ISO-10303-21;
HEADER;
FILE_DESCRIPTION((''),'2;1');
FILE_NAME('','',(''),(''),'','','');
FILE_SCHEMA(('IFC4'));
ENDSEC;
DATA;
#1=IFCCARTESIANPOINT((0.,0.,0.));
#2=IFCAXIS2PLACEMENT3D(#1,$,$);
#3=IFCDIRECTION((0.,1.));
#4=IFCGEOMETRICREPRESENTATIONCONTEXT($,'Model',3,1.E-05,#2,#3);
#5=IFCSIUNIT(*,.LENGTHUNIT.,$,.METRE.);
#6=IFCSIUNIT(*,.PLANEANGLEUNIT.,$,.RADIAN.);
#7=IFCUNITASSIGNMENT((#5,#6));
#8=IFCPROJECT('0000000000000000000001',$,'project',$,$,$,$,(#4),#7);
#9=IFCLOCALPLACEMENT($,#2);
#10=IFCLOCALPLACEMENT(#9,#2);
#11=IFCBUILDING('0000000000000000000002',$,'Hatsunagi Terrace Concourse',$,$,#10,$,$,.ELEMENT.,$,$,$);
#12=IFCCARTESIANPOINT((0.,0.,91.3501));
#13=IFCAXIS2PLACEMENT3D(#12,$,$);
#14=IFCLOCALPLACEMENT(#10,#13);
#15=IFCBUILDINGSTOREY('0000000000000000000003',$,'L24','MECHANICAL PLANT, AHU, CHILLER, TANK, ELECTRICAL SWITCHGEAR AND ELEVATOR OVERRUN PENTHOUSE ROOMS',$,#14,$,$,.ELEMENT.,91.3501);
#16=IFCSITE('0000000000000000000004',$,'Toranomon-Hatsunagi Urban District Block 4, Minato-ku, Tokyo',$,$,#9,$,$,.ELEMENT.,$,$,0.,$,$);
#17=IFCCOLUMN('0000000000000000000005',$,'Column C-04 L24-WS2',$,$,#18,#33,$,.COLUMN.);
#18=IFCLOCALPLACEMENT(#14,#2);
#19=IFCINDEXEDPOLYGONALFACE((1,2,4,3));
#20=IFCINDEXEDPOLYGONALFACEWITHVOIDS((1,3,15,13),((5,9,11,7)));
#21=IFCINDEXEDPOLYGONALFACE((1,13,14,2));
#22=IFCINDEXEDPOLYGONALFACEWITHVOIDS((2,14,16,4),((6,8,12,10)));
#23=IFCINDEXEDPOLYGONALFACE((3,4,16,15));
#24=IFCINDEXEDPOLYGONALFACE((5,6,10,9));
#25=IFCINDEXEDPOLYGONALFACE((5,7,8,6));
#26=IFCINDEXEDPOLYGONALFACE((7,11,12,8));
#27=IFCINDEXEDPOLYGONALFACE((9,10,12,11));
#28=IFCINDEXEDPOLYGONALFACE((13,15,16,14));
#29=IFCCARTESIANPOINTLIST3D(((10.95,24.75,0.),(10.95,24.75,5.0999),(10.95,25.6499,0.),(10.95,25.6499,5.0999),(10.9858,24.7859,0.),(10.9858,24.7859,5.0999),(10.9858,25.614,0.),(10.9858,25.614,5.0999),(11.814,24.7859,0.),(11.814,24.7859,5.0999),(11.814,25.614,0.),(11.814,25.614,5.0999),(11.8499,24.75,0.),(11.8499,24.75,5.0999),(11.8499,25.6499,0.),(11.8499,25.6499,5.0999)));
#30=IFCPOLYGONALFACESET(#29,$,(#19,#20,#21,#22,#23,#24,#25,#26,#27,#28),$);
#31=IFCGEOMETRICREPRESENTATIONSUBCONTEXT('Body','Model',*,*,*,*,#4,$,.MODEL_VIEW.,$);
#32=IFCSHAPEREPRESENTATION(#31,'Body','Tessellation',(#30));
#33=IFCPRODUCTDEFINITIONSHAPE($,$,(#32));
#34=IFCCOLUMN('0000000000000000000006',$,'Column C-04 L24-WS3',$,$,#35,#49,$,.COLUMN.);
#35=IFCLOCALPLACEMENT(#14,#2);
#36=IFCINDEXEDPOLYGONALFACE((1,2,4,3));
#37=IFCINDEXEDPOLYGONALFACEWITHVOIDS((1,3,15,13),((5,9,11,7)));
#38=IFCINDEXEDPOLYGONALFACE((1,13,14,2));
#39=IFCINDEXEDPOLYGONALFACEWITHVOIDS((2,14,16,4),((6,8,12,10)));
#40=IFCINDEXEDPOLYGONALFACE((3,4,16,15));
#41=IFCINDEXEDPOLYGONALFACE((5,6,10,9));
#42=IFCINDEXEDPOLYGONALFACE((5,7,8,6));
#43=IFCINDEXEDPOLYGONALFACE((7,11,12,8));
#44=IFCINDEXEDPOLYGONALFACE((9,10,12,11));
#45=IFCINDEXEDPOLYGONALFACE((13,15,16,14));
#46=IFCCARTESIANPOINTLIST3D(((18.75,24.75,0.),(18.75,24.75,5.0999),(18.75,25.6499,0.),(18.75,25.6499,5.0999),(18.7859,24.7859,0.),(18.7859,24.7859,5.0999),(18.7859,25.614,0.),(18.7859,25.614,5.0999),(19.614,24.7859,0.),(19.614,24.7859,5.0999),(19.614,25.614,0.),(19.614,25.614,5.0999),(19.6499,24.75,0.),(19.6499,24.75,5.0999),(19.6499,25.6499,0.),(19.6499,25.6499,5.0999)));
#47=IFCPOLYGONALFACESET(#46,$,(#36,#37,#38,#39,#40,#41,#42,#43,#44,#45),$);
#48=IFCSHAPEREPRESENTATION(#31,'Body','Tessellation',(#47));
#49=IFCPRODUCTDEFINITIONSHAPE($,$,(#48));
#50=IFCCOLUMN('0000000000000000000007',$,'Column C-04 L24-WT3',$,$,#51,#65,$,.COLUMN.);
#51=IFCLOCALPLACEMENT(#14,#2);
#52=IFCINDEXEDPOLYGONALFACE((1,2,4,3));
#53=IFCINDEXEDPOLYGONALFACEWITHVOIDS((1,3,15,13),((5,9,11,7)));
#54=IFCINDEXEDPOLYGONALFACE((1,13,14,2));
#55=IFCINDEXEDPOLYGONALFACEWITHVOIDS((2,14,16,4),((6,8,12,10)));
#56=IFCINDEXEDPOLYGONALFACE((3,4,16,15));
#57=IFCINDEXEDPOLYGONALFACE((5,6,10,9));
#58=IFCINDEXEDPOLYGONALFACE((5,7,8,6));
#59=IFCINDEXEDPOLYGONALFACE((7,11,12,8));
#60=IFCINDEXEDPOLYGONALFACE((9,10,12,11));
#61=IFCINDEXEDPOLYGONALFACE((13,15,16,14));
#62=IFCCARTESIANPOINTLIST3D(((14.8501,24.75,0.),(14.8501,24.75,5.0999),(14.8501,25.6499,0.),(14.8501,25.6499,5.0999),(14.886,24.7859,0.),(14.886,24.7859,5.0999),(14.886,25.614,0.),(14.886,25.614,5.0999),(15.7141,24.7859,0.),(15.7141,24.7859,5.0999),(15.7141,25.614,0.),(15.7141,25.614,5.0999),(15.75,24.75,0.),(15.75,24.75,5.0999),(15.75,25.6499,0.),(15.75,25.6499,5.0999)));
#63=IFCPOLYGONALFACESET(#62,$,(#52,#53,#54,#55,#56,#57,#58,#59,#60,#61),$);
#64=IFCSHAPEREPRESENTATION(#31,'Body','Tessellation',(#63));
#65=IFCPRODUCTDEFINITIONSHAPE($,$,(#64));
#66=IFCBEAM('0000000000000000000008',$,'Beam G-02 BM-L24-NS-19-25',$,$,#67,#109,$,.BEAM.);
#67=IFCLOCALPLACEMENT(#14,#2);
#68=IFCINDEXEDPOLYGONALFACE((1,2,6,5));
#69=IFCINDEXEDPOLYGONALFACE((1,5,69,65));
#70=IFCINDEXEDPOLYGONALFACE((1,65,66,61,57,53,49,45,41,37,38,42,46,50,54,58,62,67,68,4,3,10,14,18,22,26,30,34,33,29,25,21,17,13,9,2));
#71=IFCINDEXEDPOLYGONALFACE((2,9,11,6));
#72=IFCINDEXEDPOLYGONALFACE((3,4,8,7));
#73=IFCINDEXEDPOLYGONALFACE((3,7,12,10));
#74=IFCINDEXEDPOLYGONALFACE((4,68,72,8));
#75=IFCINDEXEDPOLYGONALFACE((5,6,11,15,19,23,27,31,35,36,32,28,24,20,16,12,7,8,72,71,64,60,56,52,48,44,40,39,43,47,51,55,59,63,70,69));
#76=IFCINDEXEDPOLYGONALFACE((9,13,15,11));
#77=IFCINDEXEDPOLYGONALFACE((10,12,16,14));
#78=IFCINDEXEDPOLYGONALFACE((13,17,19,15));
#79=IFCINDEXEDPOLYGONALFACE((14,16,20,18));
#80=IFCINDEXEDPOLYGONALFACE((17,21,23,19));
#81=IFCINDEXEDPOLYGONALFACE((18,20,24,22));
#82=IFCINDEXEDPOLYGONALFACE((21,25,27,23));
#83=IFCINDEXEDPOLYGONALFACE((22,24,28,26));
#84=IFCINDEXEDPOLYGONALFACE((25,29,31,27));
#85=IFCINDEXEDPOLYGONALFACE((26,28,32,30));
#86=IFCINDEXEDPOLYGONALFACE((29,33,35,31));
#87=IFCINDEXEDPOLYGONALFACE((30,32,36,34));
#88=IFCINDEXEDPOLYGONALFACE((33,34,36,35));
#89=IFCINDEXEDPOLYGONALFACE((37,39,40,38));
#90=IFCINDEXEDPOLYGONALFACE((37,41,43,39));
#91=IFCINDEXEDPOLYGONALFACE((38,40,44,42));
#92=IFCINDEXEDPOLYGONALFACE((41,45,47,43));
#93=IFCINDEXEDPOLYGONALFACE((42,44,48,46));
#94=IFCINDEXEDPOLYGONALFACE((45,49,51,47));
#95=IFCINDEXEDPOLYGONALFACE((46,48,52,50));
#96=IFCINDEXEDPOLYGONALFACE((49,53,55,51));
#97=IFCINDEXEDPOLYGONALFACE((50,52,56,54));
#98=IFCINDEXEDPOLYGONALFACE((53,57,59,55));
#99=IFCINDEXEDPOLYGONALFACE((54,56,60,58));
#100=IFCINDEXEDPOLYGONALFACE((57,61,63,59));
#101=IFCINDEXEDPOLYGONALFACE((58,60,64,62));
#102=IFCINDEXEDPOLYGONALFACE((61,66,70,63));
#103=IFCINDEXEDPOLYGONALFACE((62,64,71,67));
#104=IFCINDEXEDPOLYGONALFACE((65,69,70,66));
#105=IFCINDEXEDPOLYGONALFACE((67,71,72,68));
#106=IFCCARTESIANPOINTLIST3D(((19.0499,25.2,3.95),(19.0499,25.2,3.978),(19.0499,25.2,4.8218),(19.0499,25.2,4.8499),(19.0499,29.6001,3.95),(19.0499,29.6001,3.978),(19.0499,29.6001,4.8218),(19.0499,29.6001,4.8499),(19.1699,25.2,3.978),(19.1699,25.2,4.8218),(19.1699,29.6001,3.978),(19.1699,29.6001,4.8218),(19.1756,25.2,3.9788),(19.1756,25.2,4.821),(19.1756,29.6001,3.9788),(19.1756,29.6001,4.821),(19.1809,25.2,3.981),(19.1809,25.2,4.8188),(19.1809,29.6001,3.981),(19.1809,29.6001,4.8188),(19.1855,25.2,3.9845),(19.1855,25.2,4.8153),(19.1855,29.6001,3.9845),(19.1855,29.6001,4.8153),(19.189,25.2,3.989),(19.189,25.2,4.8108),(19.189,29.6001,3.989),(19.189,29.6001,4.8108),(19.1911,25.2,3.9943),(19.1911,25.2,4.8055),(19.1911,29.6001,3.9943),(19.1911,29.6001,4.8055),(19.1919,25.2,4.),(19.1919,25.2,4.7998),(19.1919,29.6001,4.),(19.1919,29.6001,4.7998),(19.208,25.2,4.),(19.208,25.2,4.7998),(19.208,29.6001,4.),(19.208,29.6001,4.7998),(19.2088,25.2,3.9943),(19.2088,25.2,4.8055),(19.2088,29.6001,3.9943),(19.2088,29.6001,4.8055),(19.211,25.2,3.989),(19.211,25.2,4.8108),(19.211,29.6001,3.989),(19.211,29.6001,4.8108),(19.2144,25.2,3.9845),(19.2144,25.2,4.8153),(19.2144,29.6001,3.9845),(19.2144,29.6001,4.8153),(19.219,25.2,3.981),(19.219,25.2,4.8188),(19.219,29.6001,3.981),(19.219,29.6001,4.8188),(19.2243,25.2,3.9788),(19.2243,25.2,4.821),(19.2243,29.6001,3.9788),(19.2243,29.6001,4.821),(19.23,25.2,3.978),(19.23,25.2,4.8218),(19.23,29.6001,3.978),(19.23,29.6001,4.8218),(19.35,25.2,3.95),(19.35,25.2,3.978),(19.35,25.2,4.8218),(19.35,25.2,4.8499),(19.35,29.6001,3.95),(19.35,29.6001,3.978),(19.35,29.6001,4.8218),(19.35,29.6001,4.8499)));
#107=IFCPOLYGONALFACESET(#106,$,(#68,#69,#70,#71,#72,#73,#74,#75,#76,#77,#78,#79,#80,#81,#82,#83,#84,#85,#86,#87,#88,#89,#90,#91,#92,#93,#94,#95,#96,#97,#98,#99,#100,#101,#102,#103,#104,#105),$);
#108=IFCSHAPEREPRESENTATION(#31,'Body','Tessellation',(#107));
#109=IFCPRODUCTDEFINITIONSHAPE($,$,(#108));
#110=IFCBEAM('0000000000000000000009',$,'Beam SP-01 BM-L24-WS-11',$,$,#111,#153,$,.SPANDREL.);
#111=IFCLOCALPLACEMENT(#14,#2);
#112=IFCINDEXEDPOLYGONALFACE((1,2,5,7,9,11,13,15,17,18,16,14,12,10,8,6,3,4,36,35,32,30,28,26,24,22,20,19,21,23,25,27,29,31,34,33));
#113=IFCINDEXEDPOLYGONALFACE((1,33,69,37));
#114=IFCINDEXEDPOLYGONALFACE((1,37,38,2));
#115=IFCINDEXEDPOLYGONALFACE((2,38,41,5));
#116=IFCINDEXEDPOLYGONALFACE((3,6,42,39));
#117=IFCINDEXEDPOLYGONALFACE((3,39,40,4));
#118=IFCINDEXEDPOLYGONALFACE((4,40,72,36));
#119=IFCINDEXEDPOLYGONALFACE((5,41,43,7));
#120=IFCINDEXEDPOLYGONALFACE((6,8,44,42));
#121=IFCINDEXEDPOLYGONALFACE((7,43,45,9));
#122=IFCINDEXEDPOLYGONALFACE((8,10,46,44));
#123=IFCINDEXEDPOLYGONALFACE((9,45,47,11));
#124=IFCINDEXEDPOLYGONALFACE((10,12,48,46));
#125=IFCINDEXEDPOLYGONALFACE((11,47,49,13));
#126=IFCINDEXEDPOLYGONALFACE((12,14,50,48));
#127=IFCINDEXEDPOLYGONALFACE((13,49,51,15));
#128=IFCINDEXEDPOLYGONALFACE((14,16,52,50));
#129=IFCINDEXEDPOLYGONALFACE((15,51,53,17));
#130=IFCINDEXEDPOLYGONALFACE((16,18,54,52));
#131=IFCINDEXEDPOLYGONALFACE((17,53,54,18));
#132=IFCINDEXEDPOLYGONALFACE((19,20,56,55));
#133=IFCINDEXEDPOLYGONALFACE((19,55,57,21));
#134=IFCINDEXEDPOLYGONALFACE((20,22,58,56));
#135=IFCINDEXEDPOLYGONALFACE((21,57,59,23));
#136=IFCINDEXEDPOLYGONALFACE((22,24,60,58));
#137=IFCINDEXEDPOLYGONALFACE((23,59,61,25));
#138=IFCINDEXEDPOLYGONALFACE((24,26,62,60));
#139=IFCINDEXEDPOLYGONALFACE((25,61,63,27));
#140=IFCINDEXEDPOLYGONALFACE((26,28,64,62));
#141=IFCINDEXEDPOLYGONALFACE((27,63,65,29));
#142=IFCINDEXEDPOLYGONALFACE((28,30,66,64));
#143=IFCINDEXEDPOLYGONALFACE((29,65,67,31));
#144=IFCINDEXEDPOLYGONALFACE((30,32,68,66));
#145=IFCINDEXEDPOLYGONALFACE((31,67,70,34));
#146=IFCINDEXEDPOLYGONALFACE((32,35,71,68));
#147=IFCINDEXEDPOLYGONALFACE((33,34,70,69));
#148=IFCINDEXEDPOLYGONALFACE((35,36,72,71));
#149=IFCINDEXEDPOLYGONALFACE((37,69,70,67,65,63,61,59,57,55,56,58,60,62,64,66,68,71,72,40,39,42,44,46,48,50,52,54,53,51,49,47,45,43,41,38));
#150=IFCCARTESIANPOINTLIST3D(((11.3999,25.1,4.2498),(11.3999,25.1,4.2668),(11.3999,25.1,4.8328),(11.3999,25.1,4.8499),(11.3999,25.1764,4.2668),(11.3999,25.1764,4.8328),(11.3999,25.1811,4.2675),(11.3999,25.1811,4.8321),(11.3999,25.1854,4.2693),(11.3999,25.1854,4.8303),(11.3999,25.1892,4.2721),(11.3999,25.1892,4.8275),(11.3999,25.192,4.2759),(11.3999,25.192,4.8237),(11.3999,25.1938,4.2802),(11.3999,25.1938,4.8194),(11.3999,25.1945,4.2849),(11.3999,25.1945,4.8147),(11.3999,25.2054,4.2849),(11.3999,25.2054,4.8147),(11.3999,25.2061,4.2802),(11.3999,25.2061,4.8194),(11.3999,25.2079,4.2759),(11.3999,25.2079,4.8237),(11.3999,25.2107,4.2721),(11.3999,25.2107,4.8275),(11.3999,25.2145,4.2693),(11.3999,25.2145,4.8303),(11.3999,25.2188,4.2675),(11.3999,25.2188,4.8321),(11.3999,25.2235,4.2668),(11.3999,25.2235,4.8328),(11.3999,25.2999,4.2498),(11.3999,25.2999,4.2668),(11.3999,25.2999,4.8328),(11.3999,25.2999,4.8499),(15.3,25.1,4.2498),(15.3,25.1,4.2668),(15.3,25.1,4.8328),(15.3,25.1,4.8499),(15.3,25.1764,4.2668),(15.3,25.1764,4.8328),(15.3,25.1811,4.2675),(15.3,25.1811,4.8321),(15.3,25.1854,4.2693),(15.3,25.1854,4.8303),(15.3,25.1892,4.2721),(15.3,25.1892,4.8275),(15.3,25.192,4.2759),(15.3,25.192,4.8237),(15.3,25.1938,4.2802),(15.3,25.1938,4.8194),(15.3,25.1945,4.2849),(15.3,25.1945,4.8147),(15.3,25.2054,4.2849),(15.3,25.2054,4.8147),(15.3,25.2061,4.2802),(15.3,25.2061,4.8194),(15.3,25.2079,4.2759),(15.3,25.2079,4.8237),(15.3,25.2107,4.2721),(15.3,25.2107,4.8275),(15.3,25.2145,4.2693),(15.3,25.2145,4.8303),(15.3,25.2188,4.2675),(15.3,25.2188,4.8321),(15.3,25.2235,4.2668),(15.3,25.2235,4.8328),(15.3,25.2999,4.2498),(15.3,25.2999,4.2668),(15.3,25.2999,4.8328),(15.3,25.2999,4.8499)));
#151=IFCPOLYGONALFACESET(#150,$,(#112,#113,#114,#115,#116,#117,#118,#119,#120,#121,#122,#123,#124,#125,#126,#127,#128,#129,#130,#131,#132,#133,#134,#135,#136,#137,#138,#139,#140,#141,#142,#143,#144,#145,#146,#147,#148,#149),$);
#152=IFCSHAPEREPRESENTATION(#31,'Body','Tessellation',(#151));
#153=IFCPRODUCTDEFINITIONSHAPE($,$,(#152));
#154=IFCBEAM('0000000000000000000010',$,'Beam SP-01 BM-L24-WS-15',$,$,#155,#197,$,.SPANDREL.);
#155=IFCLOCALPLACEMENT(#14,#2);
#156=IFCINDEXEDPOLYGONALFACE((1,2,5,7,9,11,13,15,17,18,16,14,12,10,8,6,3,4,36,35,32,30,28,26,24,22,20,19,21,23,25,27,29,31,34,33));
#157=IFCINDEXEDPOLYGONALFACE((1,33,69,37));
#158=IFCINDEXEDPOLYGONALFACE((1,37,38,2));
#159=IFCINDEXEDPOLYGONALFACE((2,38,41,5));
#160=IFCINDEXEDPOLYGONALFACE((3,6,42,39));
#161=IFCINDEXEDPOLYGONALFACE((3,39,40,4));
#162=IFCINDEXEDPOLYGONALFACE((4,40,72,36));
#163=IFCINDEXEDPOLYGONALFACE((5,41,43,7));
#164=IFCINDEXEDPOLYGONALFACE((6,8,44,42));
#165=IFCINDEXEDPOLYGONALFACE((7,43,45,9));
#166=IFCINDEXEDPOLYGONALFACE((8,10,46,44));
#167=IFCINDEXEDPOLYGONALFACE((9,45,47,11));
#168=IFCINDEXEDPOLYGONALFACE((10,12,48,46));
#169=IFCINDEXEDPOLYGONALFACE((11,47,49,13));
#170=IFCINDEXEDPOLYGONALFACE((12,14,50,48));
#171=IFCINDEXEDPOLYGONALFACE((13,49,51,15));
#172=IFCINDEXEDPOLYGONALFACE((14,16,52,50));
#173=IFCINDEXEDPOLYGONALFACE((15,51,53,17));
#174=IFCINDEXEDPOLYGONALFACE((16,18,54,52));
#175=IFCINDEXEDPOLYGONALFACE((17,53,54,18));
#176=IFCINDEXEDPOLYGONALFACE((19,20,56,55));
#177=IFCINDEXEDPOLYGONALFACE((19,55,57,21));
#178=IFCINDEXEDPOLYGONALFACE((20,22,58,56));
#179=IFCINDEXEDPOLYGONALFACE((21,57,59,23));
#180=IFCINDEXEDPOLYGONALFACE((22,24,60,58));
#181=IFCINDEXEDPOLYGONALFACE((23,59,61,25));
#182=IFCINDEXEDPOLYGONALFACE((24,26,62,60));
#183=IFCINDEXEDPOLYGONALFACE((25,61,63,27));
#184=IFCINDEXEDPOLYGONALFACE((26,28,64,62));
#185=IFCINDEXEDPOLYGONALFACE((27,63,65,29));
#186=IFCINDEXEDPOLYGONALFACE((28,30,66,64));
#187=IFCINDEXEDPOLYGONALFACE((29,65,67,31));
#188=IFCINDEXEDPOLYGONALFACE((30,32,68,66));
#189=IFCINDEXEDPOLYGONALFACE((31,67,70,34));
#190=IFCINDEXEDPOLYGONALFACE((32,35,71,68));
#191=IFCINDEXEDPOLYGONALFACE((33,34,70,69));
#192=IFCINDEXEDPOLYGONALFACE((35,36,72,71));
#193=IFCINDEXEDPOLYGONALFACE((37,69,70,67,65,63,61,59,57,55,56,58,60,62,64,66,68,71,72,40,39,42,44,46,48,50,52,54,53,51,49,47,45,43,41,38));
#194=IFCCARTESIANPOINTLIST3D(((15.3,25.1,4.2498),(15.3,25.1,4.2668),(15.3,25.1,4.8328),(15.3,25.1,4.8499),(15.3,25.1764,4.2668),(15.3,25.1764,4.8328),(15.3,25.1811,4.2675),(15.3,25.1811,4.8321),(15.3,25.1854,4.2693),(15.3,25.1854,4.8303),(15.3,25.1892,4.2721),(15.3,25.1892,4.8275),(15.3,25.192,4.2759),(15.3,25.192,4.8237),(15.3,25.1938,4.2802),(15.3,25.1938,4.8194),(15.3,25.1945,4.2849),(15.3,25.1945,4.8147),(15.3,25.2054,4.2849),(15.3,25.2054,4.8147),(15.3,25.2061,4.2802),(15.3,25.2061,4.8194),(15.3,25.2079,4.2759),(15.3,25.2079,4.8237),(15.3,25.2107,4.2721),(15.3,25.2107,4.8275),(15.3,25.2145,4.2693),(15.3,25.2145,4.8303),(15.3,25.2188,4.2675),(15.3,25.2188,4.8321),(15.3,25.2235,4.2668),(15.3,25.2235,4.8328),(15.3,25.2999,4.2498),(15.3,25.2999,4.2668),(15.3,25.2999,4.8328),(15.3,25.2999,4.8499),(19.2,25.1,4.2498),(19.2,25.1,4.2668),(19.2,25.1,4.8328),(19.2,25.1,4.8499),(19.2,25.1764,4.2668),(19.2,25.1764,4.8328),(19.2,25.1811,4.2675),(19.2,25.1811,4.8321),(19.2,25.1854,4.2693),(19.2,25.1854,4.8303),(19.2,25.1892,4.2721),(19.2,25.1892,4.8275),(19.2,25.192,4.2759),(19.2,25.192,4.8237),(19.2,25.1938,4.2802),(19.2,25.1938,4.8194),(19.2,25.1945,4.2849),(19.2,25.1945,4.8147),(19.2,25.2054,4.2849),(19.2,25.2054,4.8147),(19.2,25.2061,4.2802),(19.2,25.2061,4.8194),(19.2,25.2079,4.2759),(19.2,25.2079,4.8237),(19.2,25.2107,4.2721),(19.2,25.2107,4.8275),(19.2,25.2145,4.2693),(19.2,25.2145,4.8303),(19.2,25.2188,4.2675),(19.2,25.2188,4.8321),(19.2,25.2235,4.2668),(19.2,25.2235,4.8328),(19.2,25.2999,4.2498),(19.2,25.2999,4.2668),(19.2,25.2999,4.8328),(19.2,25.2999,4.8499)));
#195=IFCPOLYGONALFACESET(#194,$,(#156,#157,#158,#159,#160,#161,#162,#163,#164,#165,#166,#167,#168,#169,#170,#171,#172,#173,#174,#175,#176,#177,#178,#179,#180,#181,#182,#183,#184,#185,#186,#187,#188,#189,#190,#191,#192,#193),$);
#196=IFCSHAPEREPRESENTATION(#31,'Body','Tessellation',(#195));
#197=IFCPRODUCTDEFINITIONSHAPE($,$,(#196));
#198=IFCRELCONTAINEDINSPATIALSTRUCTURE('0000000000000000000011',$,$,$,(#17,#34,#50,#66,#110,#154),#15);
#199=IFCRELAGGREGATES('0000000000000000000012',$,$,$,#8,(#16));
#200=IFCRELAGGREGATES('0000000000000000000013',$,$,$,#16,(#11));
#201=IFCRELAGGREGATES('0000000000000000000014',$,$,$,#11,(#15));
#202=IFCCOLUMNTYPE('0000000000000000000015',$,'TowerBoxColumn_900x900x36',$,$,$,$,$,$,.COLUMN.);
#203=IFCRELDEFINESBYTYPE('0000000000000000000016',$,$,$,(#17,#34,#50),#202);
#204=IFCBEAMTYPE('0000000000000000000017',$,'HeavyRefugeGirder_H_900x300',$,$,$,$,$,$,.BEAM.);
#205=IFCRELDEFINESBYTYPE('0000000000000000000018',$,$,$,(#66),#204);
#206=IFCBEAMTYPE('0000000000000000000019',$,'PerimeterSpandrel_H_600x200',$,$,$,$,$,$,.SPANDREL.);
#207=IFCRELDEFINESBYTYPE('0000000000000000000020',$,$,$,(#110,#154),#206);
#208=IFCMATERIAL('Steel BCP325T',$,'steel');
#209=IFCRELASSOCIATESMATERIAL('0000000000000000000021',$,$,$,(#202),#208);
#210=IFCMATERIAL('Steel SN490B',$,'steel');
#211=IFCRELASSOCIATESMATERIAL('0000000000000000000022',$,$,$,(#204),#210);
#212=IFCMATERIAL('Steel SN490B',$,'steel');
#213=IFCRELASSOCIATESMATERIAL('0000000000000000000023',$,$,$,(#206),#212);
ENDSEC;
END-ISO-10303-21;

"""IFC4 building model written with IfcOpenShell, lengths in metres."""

from ifc_helpers import new_model, si_unit, direction, frame, origin, origin_2d, place, context, subcontext, project, spatial, hollow_rectangle, i_section, extrude, material, material_profile, profile_set, type_object, element, save


model = new_model("IFC4")

# Units and contexts
model_context = context("Model", 3, precision=1e-05, world=origin(), true_north=direction((0.0, 1.0)))
body_context = subcontext(model_context, "Body", "Model", "MODEL_VIEW")
ifc_project = project(units=[si_unit("LENGTHUNIT", "METRE"), si_unit("PLANEANGLEUNIT", "RADIAN")], contexts=[model_context])

# Site, building, storey
site_placement = place(None, origin())
site = spatial("IfcSite", under=ifc_project, at=site_placement, Name="Toranomon-Hatsunagi Urban District Block 4, Minato-ku, Tokyo", CompositionType="ELEMENT", RefElevation=0.0)
building_placement = place(site_placement, origin())
building = spatial("IfcBuilding", under=site, at=building_placement, Name="Hatsunagi Terrace Concourse", CompositionType="ELEMENT")
storey_placement = place(building_placement, frame((0.0, 0.0, 91.3501)))
storey = spatial("IfcBuildingStorey", under=building, at=storey_placement, Name="L24", Description="MECHANICAL PLANT, AHU, CHILLER, TANK, ELECTRICAL SWITCHGEAR AND ELEVATOR OVERRUN PENTHOUSE ROOMS", CompositionType="ELEMENT", Elevation=91.3501)

# Columns
ifc_material_1 = material(Name="Steel BCP325T", Category="steel")
ifc_material_profile_1 = material_profile(ifc_material_1, hollow_rectangle(XDim=0.8999, YDim=0.8999, WallThickness=0.0359, at=origin_2d()), Name="BCP-900x900x36")
ifc_profile_set_1 = profile_set([ifc_material_profile_1], Name="Steel BCP325T")
column_type = type_object("IfcColumnType", Name="TowerBoxColumn_900x900x36", PredefinedType="COLUMN", material=ifc_profile_set_1)
for number, where, z_axis, x_axis, name in (
    (1, (11.3999, 25.2, 0.0), (0.0, 0.0, 1.0), (1.0, 0.0, 0.0), "Column C-04 L24-WS2"),
    (2, (19.2, 25.2, 0.0), (0.0, 0.0, 1.0), (1.0, 0.0, 0.0), "Column C-04 L24-WS3"),
    (3, (15.3, 25.2, 0.0), (0.0, 0.0, 1.0), (1.0, 0.0, 0.0), "Column C-04 L24-WT3"),
):
    element("IfcColumn", number, at=place(storey_placement, frame(where, z_axis=z_axis, x_axis=x_axis)), inside=storey, type_object=column_type, Name=name, PredefinedType="COLUMN", context=body_context, shape_type="SweptSolid", body=[
        extrude(hollow_rectangle(XDim=0.8999, YDim=0.8999, WallThickness=0.0359, at=origin_2d()), origin(), (0.0, 0.0, 1.0), 5.0999),
    ])

# Beams
ifc_material_2 = material(Name="Steel SN490B", Category="steel")
ifc_material_profile_2 = material_profile(ifc_material_2, i_section(OverallWidth=0.3, OverallDepth=0.8999, WebThickness=0.0161, FlangeThickness=0.0281, FilletRadius=0.022, at=origin_2d()), Name="H-900x300x16x28")
ifc_profile_set_2 = profile_set([ifc_material_profile_2], Name="Steel SN490B")
beam_type_1 = type_object("IfcBeamType", Name="HeavyRefugeGirder_H_900x300", PredefinedType="BEAM", material=ifc_profile_set_2)
beam_1_placement = place(storey_placement, frame((19.2, 25.2, 4.3999), z_axis=(0.0, 1.0, 0.0), x_axis=(-1.0, 0.0, 0.0)))
element("IfcBeam", 4, at=beam_1_placement, inside=storey, type_object=beam_type_1, Name="Beam G-02 BM-L24-NS-19-25", PredefinedType="BEAM", context=body_context, shape_type="SweptSolid", body=[
    extrude(i_section(OverallWidth=0.3, OverallDepth=0.8999, WebThickness=0.0161, FlangeThickness=0.0281, FilletRadius=0.022, at=origin_2d()), origin(), (0.0, 0.0, 1.0), 4.4001),
])
ifc_material_3 = material(Name="Steel SN490B", Category="steel")
ifc_material_profile_3 = material_profile(ifc_material_3, i_section(OverallWidth=0.2, OverallDepth=0.6001, WebThickness=0.011, FlangeThickness=0.0171, FilletRadius=0.0181, at=origin_2d()), Name="H-600x200x11x17")
ifc_profile_set_3 = profile_set([ifc_material_profile_3], Name="Steel SN490B")
beam_type_2 = type_object("IfcBeamType", Name="PerimeterSpandrel_H_600x200", PredefinedType="SPANDREL", material=ifc_profile_set_3)
beam_2_placement = place(storey_placement, frame((11.3999, 25.2, 4.5498), z_axis=(1.0, 0.0, 0.0), x_axis=(0.0, 1.0, 0.0)))
element("IfcBeam", 5, at=beam_2_placement, inside=storey, type_object=beam_type_2, Name="Beam SP-01 BM-L24-WS-11", PredefinedType="SPANDREL", context=body_context, shape_type="SweptSolid", body=[
    extrude(i_section(OverallWidth=0.2, OverallDepth=0.6001, WebThickness=0.011, FlangeThickness=0.0171, FilletRadius=0.0181, at=origin_2d()), origin(), (0.0, 0.0, 1.0), 3.9001),
])
beam_3_placement = place(storey_placement, frame((15.3, 25.2, 4.5498), z_axis=(1.0, 0.0, 0.0), x_axis=(0.0, 1.0, 0.0)))
element("IfcBeam", 6, at=beam_3_placement, inside=storey, type_object=beam_type_2, Name="Beam SP-01 BM-L24-WS-15", PredefinedType="SPANDREL", context=body_context, shape_type="SweptSolid", body=[
    extrude(i_section(OverallWidth=0.2, OverallDepth=0.6001, WebThickness=0.011, FlangeThickness=0.0171, FilletRadius=0.0181, at=origin_2d()), origin(), (0.0, 0.0, 1.0), 3.8999),
])

save(model, "model.ifc")
